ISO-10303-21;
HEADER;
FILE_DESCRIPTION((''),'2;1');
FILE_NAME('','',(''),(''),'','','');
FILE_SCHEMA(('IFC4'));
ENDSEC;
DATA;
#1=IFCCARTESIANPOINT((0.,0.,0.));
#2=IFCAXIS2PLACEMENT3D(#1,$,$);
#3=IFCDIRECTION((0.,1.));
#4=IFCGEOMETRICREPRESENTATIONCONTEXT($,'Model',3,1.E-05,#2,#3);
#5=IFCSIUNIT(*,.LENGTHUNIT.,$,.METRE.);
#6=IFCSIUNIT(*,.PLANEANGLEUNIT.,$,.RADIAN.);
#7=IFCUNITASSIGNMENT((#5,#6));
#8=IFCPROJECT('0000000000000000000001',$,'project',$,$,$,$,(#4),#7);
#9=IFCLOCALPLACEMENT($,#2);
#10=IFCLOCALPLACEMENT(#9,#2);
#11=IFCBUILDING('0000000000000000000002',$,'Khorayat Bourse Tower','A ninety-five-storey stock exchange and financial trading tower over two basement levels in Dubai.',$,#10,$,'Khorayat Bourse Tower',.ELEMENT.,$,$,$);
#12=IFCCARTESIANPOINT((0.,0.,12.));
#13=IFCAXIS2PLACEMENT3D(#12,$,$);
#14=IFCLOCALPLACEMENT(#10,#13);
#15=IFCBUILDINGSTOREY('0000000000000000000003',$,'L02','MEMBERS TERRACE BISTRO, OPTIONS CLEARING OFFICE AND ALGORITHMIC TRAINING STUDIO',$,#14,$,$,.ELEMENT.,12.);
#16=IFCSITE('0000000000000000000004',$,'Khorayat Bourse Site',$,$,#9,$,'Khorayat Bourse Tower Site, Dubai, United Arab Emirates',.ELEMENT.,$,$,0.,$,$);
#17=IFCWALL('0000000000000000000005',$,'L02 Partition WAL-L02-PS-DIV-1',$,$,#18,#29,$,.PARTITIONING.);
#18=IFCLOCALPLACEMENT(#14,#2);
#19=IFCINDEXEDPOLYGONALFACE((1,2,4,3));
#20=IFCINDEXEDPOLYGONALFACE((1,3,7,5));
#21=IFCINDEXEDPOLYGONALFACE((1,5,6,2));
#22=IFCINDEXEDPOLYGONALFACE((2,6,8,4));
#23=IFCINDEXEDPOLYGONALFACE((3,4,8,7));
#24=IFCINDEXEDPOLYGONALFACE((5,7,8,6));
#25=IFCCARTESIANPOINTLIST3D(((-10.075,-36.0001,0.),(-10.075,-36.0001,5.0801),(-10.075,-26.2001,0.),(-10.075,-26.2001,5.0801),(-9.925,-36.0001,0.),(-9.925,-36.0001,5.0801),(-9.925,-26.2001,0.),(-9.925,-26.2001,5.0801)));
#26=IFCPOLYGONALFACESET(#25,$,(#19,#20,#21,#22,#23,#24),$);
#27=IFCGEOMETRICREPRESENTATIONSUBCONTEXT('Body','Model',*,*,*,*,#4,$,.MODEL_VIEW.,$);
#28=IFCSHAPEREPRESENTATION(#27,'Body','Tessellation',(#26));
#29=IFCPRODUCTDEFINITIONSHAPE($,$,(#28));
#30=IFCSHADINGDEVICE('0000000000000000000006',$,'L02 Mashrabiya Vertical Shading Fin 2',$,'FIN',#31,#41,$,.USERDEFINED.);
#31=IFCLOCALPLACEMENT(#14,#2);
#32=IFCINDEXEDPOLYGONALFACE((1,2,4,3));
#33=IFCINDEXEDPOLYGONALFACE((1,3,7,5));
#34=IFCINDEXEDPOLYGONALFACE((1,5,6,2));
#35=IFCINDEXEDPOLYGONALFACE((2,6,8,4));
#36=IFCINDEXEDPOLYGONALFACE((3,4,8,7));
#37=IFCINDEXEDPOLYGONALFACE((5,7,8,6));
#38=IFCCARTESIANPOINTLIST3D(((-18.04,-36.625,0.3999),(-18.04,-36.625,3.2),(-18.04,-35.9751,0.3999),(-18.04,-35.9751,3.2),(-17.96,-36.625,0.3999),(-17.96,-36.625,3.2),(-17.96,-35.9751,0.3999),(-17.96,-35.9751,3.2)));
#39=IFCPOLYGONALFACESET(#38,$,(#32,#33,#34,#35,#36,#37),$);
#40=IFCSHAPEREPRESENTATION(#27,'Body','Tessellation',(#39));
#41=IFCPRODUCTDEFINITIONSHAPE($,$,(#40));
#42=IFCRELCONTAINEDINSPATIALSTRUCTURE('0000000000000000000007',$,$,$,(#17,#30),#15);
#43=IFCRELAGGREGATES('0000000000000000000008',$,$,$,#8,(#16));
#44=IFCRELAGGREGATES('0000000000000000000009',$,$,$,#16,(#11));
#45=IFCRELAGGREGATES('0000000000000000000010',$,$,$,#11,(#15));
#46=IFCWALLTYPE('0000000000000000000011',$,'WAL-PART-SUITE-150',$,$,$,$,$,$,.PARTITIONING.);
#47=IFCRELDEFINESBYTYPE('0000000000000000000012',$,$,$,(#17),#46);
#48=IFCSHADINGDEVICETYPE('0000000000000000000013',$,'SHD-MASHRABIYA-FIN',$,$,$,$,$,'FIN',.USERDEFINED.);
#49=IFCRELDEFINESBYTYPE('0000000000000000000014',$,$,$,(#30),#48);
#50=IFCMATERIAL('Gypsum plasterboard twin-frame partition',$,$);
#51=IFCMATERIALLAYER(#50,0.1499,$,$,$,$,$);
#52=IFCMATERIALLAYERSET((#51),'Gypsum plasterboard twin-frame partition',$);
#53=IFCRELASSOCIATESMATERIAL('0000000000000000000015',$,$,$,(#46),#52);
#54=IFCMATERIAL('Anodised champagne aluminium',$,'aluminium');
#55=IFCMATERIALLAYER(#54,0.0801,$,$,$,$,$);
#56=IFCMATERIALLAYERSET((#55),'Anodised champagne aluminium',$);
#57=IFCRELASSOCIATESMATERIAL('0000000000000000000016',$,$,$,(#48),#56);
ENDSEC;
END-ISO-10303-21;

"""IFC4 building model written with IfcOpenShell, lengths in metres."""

from ifc_helpers import new_model, si_unit, direction, frame, frame_2d, origin, origin_2d, place, context, subcontext, project, spatial, rectangle, extrude, source, transform, mapped, material, layer, layer_set, type_object, element, save


model = new_model("IFC4")

# Units and contexts
model_context = context("Model", 3, precision=1e-05, world=origin(), true_north=direction((0.0, 1.0)))
body_context = subcontext(model_context, "Body", "Model", "MODEL_VIEW")
ifc_project = project(units=[si_unit("LENGTHUNIT", "METRE"), si_unit("PLANEANGLEUNIT", "RADIAN")], contexts=[model_context])

# Site, building, storey
site_placement = place(None, origin())
site = spatial("IfcSite", under=ifc_project, at=site_placement, Name="Khorayat Bourse Site", LongName="Khorayat Bourse Tower Site, Dubai, United Arab Emirates", CompositionType="ELEMENT", RefElevation=0.0)
building_placement = place(site_placement, origin())
building = spatial("IfcBuilding", under=site, at=building_placement, Name="Khorayat Bourse Tower", Description="A ninety-five-storey stock exchange and financial trading tower over two basement levels in Dubai.", LongName="Khorayat Bourse Tower", CompositionType="ELEMENT")
storey_placement = place(building_placement, frame((0.0, 0.0, 12.0)))
storey = spatial("IfcBuildingStorey", under=building, at=storey_placement, Name="L02", Description="MEMBERS TERRACE BISTRO, OPTIONS CLEARING OFFICE AND ALGORITHMIC TRAINING STUDIO", CompositionType="ELEMENT", Elevation=12.0)

# Wall
ifc_material_1 = material(Name="Gypsum plasterboard twin-frame partition")
ifc_layer_1 = layer(ifc_material_1, 0.1499)
ifc_layer_set_1 = layer_set([ifc_layer_1], Name="Gypsum plasterboard twin-frame partition")
wall_type_1 = type_object("IfcWallType", Name="WAL-PART-SUITE-150", PredefinedType="PARTITIONING", material=ifc_layer_set_1)
shared_shape_1 = source(origin(), body_context, "Body", "SweptSolid", [
    extrude(rectangle(XDim=9.8, YDim=0.1499, at=frame_2d((4.8999, 0.0))), origin(), (0.0, 0.0, 1.0), 5.0801),
])
wall_1_placement = place(storey_placement, frame((-10.0, -36.0, 0.0), z_axis=(0.0, 0.0, 1.0), x_axis=(0.0, 1.0, 0.0)))
element("IfcWall", 1, at=wall_1_placement, inside=storey, type_object=wall_type_1, Name="L02 Partition WAL-L02-PS-DIV-1", PredefinedType="PARTITIONING", context=body_context, shape_type="MappedRepresentation", body=[
    mapped(shared_shape_1, transform((0.0, 0.0, 0.0), scale=1.0)),
])

# Shading device
ifc_material_2 = material(Name="Anodised champagne aluminium", Category="aluminium")
ifc_layer_2 = layer(ifc_material_2, 0.0801)
ifc_layer_set_2 = layer_set([ifc_layer_2], Name="Anodised champagne aluminium")
shading_device_type = type_object("IfcShadingDeviceType", Name="SHD-MASHRABIYA-FIN", ElementType="FIN", PredefinedType="USERDEFINED", material=ifc_layer_set_2)
shared_shape_2 = source(origin(), body_context, "Body", "SweptSolid", [
    extrude(rectangle(XDim=0.0801, YDim=0.6499, at=origin_2d()), origin(), (0.0, 0.0, 1.0), 2.8),
])
shading_device_placement = place(storey_placement, frame((-18.0, -36.3, 0.3999), z_axis=(0.0, 0.0, 1.0), x_axis=(1.0, 0.0, 0.0)))
element("IfcShadingDevice", 2, at=shading_device_placement, inside=storey, type_object=shading_device_type, Name="L02 Mashrabiya Vertical Shading Fin 2", ObjectType="FIN", PredefinedType="USERDEFINED", context=body_context, shape_type="MappedRepresentation", body=[
    mapped(shared_shape_2, transform((0.0, 0.0, 0.0), scale=1.0)),
])

save(model, "model.ifc")
